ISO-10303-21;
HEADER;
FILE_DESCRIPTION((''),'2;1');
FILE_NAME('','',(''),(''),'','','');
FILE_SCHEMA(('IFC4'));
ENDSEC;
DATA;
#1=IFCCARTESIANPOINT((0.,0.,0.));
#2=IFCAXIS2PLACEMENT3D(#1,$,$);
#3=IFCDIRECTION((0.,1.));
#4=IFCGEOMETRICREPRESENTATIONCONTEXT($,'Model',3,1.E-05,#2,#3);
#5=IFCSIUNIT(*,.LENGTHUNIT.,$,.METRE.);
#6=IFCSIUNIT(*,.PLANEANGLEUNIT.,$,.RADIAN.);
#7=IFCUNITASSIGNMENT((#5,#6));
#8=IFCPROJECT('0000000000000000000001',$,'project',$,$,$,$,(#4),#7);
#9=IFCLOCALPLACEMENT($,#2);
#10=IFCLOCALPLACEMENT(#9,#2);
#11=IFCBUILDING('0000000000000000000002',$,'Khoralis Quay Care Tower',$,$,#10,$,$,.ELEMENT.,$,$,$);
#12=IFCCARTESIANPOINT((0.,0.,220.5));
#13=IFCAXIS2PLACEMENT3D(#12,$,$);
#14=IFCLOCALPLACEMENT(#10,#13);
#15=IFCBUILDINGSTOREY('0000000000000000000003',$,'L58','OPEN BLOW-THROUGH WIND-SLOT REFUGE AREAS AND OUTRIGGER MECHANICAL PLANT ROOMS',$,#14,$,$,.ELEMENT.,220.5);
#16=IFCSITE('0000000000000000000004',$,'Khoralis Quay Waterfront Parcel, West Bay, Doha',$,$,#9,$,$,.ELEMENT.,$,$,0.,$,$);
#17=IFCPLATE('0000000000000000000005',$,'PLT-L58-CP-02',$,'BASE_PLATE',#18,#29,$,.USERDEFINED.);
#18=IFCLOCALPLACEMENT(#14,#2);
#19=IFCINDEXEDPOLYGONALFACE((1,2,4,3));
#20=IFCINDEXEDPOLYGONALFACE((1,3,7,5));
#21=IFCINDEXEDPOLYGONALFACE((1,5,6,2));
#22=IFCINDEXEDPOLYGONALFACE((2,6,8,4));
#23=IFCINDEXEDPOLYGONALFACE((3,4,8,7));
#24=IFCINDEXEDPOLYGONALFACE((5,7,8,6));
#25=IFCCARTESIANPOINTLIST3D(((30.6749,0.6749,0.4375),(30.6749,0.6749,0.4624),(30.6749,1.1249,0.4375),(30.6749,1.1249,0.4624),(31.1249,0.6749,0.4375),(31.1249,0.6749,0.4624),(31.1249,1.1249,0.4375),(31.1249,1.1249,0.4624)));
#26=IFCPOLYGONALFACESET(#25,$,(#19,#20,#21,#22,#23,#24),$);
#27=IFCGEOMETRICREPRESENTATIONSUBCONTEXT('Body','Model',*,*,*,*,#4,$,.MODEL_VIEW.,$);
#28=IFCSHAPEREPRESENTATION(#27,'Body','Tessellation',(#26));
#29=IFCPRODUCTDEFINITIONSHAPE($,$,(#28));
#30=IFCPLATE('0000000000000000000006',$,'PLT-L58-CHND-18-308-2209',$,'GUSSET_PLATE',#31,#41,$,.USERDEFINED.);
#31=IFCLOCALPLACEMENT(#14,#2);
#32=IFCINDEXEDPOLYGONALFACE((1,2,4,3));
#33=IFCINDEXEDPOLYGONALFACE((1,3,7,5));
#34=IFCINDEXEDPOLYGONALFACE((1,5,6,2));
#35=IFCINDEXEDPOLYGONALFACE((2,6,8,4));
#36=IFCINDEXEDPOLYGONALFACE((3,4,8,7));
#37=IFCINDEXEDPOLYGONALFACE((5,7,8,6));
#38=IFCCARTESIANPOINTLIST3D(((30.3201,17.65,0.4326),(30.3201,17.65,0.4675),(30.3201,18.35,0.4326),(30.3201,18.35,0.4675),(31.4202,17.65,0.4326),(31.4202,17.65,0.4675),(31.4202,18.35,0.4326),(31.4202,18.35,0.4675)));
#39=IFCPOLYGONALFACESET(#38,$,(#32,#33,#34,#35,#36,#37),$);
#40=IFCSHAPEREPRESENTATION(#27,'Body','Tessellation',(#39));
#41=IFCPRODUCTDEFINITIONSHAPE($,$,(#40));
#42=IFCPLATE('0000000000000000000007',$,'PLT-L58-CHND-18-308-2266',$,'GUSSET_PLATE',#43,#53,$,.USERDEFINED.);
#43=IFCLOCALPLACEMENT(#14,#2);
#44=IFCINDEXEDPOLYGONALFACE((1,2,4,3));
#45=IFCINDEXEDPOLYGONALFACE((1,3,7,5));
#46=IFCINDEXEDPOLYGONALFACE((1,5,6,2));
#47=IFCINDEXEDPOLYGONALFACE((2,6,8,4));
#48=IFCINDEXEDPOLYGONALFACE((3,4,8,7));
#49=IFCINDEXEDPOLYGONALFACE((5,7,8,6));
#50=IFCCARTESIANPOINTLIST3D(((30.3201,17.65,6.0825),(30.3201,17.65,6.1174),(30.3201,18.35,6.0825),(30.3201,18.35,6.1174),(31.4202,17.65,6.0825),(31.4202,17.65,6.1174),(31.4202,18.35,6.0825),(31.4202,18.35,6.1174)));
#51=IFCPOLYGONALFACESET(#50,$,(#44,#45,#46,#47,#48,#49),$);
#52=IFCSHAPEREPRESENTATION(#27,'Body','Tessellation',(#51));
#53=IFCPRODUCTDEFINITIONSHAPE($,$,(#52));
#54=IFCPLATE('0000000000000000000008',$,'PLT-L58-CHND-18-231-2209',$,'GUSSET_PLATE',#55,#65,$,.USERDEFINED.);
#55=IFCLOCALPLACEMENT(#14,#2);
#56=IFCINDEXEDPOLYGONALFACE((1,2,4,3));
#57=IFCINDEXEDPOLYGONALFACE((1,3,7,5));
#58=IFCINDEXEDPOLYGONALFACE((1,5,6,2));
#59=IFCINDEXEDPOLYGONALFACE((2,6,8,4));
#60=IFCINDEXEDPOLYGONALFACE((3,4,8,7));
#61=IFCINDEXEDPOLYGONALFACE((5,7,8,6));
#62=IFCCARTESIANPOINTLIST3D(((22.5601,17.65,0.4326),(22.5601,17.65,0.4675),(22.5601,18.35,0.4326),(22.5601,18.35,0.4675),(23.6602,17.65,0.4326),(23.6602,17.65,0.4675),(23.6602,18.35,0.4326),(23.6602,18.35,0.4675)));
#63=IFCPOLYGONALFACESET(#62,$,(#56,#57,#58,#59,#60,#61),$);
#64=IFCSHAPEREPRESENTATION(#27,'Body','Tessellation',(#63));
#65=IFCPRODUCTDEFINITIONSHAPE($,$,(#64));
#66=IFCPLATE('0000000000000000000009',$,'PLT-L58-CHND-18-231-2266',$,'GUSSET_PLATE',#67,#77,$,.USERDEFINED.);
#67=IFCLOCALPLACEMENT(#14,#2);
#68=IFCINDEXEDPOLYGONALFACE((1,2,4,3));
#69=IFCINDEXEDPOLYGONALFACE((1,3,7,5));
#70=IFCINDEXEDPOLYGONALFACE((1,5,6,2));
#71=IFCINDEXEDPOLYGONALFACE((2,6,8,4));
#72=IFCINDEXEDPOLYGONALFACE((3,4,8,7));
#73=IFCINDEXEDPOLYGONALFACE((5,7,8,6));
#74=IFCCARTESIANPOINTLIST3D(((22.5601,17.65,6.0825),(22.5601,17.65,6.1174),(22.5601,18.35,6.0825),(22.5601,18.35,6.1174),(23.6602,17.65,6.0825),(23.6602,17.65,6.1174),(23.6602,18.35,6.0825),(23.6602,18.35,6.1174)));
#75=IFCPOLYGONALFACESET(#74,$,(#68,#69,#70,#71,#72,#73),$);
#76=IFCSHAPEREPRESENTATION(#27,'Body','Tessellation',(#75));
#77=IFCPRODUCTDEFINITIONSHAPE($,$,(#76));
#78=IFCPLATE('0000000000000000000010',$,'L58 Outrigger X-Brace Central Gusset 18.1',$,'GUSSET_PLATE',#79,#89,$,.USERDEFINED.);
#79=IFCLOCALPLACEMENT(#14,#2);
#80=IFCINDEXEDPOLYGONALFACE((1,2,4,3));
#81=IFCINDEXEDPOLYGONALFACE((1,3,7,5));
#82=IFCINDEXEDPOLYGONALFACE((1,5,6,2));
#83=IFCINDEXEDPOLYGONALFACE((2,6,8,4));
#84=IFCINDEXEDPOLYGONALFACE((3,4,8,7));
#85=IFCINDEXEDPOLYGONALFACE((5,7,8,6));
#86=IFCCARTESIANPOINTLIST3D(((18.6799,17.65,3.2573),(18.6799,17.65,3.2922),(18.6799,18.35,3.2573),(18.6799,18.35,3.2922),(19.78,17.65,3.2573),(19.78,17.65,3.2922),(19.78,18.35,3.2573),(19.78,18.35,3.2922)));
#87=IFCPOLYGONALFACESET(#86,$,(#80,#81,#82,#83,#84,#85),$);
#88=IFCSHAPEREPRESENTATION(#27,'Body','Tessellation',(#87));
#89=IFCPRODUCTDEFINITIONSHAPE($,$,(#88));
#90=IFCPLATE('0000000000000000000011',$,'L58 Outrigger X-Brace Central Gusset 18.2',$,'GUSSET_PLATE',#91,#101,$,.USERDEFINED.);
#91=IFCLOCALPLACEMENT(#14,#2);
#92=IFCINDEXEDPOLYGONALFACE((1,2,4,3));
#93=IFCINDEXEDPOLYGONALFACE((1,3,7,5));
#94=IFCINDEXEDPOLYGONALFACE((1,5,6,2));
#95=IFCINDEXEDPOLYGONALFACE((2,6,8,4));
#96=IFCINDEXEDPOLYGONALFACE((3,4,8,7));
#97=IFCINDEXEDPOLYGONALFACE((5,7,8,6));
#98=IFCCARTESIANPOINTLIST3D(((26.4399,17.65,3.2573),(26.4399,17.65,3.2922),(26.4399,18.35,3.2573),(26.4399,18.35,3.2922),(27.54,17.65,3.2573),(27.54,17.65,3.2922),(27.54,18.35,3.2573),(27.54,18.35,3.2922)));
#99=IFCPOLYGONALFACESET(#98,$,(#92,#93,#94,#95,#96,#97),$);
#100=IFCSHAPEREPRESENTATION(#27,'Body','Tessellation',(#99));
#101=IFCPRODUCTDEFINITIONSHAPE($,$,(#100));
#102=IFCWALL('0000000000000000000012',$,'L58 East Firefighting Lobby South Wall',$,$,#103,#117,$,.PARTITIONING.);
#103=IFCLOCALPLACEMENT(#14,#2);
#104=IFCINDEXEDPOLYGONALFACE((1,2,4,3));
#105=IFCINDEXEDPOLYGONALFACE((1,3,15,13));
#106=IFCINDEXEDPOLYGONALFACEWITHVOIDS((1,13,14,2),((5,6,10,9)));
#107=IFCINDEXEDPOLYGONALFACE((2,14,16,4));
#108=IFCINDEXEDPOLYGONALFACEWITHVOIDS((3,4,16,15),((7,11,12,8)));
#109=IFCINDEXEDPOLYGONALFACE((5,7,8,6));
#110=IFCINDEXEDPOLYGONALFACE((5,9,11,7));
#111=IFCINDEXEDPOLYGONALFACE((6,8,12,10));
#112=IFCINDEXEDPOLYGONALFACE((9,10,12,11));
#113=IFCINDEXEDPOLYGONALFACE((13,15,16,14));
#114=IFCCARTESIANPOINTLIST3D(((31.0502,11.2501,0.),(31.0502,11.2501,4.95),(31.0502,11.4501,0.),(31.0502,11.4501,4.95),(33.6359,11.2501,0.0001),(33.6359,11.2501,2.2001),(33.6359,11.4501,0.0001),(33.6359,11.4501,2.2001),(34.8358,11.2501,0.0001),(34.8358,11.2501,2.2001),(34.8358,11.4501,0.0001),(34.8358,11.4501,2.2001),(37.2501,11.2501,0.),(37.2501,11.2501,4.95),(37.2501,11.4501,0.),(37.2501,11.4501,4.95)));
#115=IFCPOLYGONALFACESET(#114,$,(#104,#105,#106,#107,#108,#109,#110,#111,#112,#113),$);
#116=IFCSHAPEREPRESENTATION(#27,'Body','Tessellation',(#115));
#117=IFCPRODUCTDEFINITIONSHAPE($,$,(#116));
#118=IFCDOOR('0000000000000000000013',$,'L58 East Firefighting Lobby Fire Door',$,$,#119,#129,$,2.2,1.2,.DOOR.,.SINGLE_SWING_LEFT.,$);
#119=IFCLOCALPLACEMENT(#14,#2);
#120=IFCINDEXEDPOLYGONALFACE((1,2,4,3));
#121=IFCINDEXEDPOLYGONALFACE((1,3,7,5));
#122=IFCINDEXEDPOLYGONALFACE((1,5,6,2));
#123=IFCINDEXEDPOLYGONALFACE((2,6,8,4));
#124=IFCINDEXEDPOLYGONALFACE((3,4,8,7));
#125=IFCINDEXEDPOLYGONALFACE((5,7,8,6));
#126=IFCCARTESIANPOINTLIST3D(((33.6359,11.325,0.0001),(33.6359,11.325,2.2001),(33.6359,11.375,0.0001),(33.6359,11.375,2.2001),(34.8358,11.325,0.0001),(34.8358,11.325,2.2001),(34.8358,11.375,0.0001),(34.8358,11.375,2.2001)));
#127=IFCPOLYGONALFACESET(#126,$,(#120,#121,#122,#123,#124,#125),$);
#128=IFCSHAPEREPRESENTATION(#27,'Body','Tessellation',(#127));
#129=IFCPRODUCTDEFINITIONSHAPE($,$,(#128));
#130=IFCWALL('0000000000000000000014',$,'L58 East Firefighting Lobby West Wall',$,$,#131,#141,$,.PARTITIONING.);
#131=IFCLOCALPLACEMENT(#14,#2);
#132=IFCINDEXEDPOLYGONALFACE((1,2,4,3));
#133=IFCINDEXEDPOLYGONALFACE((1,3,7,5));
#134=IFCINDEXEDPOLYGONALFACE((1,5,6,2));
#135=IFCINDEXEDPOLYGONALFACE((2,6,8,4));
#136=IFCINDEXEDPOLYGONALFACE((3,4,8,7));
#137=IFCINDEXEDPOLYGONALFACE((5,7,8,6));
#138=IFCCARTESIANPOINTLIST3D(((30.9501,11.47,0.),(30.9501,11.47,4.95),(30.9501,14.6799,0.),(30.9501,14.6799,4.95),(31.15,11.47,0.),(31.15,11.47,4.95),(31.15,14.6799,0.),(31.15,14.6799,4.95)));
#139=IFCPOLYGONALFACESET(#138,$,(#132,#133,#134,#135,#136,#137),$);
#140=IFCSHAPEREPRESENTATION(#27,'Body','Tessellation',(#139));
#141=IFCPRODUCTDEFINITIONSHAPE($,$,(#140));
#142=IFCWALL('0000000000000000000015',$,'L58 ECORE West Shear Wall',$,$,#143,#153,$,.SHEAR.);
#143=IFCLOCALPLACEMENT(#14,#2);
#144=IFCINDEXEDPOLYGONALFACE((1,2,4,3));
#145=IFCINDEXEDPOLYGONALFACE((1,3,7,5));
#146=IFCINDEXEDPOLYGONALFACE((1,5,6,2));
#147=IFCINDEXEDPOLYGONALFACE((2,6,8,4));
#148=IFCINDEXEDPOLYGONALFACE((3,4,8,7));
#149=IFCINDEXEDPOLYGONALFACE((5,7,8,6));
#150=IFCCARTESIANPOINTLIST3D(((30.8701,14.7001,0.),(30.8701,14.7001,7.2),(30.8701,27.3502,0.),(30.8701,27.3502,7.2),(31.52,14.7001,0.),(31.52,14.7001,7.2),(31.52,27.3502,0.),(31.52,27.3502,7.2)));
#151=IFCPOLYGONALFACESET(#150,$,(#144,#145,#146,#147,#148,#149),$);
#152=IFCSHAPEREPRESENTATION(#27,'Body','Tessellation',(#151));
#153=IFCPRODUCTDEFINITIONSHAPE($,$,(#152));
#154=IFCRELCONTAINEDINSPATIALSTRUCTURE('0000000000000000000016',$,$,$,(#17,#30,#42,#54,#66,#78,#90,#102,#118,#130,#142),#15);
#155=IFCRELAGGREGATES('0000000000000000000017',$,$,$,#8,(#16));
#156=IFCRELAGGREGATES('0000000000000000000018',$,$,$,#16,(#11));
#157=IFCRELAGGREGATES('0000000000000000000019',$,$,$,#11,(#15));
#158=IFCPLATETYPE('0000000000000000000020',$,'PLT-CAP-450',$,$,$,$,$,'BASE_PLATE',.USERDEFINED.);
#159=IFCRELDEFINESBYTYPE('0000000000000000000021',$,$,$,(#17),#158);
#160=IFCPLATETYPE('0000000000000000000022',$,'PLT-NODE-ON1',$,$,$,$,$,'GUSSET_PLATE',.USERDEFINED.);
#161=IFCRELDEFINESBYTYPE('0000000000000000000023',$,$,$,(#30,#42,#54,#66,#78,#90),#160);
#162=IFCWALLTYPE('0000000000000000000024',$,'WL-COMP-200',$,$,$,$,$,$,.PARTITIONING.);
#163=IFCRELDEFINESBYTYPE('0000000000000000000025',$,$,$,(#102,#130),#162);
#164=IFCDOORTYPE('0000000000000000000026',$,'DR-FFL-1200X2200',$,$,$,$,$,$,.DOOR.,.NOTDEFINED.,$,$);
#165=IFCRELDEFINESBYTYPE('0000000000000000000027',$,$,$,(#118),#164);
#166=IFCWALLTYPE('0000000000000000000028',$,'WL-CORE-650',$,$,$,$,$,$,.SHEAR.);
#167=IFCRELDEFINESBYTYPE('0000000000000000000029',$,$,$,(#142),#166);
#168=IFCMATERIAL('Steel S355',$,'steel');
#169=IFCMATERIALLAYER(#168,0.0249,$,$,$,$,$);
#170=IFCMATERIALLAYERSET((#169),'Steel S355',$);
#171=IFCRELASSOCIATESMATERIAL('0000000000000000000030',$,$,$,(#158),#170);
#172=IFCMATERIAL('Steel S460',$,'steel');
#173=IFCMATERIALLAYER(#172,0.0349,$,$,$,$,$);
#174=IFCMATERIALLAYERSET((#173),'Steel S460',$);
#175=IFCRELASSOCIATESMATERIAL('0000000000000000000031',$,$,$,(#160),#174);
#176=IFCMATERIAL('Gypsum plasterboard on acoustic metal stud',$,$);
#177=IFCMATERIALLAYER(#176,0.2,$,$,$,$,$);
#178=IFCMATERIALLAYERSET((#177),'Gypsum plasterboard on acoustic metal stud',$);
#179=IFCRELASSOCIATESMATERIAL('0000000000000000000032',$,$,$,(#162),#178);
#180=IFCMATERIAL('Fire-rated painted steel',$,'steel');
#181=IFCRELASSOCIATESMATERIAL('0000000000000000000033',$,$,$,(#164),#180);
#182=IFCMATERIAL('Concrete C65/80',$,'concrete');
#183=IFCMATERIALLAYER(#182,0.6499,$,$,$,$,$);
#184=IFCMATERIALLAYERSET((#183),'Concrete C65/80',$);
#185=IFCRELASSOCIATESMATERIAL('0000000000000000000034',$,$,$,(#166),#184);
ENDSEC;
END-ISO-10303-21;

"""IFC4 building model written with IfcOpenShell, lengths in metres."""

from ifc_helpers import new_model, si_unit, direction, frame, frame_2d, origin, origin_2d, place, context, subcontext, project, spatial, rectangle, extrude, source, transform, mapped, material, layer, layer_set, type_object, element, fill, save


model = new_model("IFC4")

# Units and contexts
model_context = context("Model", 3, precision=1e-05, world=origin(), true_north=direction((0.0, 1.0)))
body_context = subcontext(model_context, "Body", "Model", "MODEL_VIEW")
ifc_project = project(units=[si_unit("LENGTHUNIT", "METRE"), si_unit("PLANEANGLEUNIT", "RADIAN")], contexts=[model_context])

# Site, building, storey
site_placement = place(None, origin())
site = spatial("IfcSite", under=ifc_project, at=site_placement, Name="Khoralis Quay Waterfront Parcel, West Bay, Doha", CompositionType="ELEMENT", RefElevation=0.0)
building_placement = place(site_placement, origin())
building = spatial("IfcBuilding", under=site, at=building_placement, Name="Khoralis Quay Care Tower", CompositionType="ELEMENT")
storey_placement = place(building_placement, frame((0.0, 0.0, 220.5)))
storey = spatial("IfcBuildingStorey", under=building, at=storey_placement, Name="L58", Description="OPEN BLOW-THROUGH WIND-SLOT REFUGE AREAS AND OUTRIGGER MECHANICAL PLANT ROOMS", CompositionType="ELEMENT", Elevation=220.5)

# Shared definitions
ifc_material_1 = material(Name="Concrete C65/80", Category="concrete")

# Shared definitions
ifc_material_2 = material(Name="Steel S355", Category="steel")

# Plates
ifc_layer_1 = layer(ifc_material_2, 0.0249)
ifc_layer_set_1 = layer_set([ifc_layer_1], Name="Steel S355")
plate_type_1 = type_object("IfcPlateType", Name="PLT-CAP-450", ElementType="BASE_PLATE", PredefinedType="USERDEFINED", material=ifc_layer_set_1)
shared_shape_1 = source(origin(), body_context, "Body", "SweptSolid", [
    extrude(rectangle(XDim=0.45, YDim=0.45, at=origin_2d()), origin(), (0.0, 0.0, 1.0), 0.0249),
])
for number, where, z_axis, x_axis, name in (
    (1, (30.8999, 0.8999, 0.4375), (0.0, 0.0, 1.0), (1.0, 0.0, 0.0), "PLT-L58-CP-02"),
):
    element("IfcPlate", number, at=place(storey_placement, frame(where, z_axis=z_axis, x_axis=x_axis)), inside=storey, type_object=plate_type_1, Name=name, ObjectType="BASE_PLATE", PredefinedType="USERDEFINED", context=body_context, shape_type="MappedRepresentation", body=[
        mapped(shared_shape_1, transform((0.0, 0.0, 0.0), scale=1.0)),
    ])
ifc_material_3 = material(Name="Steel S460", Category="steel")
ifc_layer_2 = layer(ifc_material_3, 0.0349)
ifc_layer_set_2 = layer_set([ifc_layer_2], Name="Steel S460")
plate_type_2 = type_object("IfcPlateType", Name="PLT-NODE-ON1", ElementType="GUSSET_PLATE", PredefinedType="USERDEFINED", material=ifc_layer_set_2)
shared_shape_2 = source(origin(), body_context, "Body", "SweptSolid", [
    extrude(rectangle(XDim=1.1001, YDim=0.7, at=origin_2d()), origin(), (0.0, 0.0, 1.0), 0.0349),
])
for number, where, z_axis, x_axis, name in (
    (2, (30.8701, 18.0, 0.4326), (0.0, 0.0, 1.0), (1.0, 0.0, 0.0), "PLT-L58-CHND-18-308-2209"),
    (3, (30.8701, 18.0, 6.0825), (0.0, 0.0, 1.0), (1.0, 0.0, 0.0), "PLT-L58-CHND-18-308-2266"),
    (4, (23.1101, 18.0, 0.4326), (0.0, 0.0, 1.0), (1.0, 0.0, 0.0), "PLT-L58-CHND-18-231-2209"),
    (5, (23.1101, 18.0, 6.0825), (0.0, 0.0, 1.0), (1.0, 0.0, 0.0), "PLT-L58-CHND-18-231-2266"),
    (6, (19.23, 18.0, 3.2573), (0.0, 0.0, 1.0), (1.0, 0.0, 0.0), "L58 Outrigger X-Brace Central Gusset 18.1"),
    (7, (26.99, 18.0, 3.2573), (0.0, 0.0, 1.0), (1.0, 0.0, 0.0), "L58 Outrigger X-Brace Central Gusset 18.2"),
):
    element("IfcPlate", number, at=place(storey_placement, frame(where, z_axis=z_axis, x_axis=x_axis)), inside=storey, type_object=plate_type_2, Name=name, ObjectType="GUSSET_PLATE", PredefinedType="USERDEFINED", context=body_context, shape_type="MappedRepresentation", body=[
        mapped(shared_shape_2, transform((0.0, 0.0, 0.0), scale=1.0)),
    ])

# Wall, opening, door
ifc_material_4 = material(Name="Gypsum plasterboard on acoustic metal stud")
ifc_layer_3 = layer(ifc_material_4, 0.2)
ifc_layer_set_3 = layer_set([ifc_layer_3], Name="Gypsum plasterboard on acoustic metal stud")
wall_type_1 = type_object("IfcWallType", Name="WL-COMP-200", PredefinedType="PARTITIONING", material=ifc_layer_set_3)
wall_1_placement = place(storey_placement, frame((31.05, 11.3501, 0.0), z_axis=(0.0, 0.0, 1.0), x_axis=(1.0, 0.0, 0.0)))
wall_1 = element("IfcWall", 8, at=wall_1_placement, inside=storey, type_object=wall_type_1, Name="L58 East Firefighting Lobby South Wall", PredefinedType="PARTITIONING", context=body_context, shape_type="SweptSolid", body=[
    extrude(rectangle(XDim=6.2, YDim=0.2, at=frame_2d((3.1001, 0.0))), origin(), (0.0, 0.0, 1.0), 4.95),
])
opening_1_placement = place(wall_1_placement, frame((2.5857, 0.0, 0.0)))
opening_1 = element("IfcOpeningElement", 9, at=opening_1_placement, cuts=wall_1, PredefinedType="OPENING", context=body_context, shape_type="SweptSolid", body=[
    extrude(rectangle(XDim=1.2, YDim=2.2, at=frame_2d((0.6001, 1.1001))), frame((0.0, 0.1099, 0.0), z_axis=(0.0, -1.0, 0.0), x_axis=(1.0, 0.0, 0.0)), (0.0, 0.0, 1.0), 0.22),
])
ifc_material_5 = material(Name="Fire-rated painted steel", Category="steel")
door_type_1 = type_object("IfcDoorType", Name="DR-FFL-1200X2200", OperationType="NOTDEFINED", PredefinedType="DOOR", material=ifc_material_5)
shared_shape_3 = source(origin(), body_context, "Body", "SweptSolid", [
    extrude(rectangle(XDim=1.2, YDim=2.2, at=frame_2d((0.6001, 1.1001))), frame((0.0, 0.0249, 0.0), z_axis=(0.0, -1.0, 0.0), x_axis=(1.0, 0.0, 0.0)), (0.0, 0.0, 1.0), 0.05),
])
door_1_placement = place(opening_1_placement, origin())
door_1 = element("IfcDoor", 10, at=door_1_placement, inside=storey, type_object=door_type_1, Name="L58 East Firefighting Lobby Fire Door", OperationType="SINGLE_SWING_LEFT", OverallHeight=2.2, OverallWidth=1.2, PredefinedType="DOOR", context=body_context, shape_type="MappedRepresentation", body=[
    mapped(shared_shape_3, transform((0.0, 0.0, 0.0), scale=1.0)),
])
fill(opening_1, door_1)

# Walls
wall_2_placement = place(storey_placement, frame((31.05, 11.47, 0.0), z_axis=(0.0, 0.0, 1.0), x_axis=(0.0, 1.0, 0.0)))
element("IfcWall", 11, at=wall_2_placement, inside=storey, type_object=wall_type_1, Name="L58 East Firefighting Lobby West Wall", PredefinedType="PARTITIONING", context=body_context, shape_type="SweptSolid", body=[
    extrude(rectangle(XDim=3.21, YDim=0.2, at=frame_2d((1.605, 0.0))), origin(), (0.0, 0.0, 1.0), 4.95),
])
ifc_layer_4 = layer(ifc_material_1, 0.6499)
ifc_layer_set_4 = layer_set([ifc_layer_4], Name="Concrete C65/80")
wall_type_2 = type_object("IfcWallType", Name="WL-CORE-650", PredefinedType="SHEAR", material=ifc_layer_set_4)
wall_3_placement = place(storey_placement, frame((31.1951, 14.7, 0.0), z_axis=(0.0, 0.0, 1.0), x_axis=(0.0, 1.0, 0.0)))
element("IfcWall", 12, at=wall_3_placement, inside=storey, type_object=wall_type_2, Name="L58 ECORE West Shear Wall", PredefinedType="SHEAR", context=body_context, shape_type="SweptSolid", body=[
    extrude(rectangle(XDim=12.6501, YDim=0.6499, at=frame_2d((6.3252, 0.0))), origin(), (0.0, 0.0, 1.0), 7.2),
])

save(model, "model.ifc")
